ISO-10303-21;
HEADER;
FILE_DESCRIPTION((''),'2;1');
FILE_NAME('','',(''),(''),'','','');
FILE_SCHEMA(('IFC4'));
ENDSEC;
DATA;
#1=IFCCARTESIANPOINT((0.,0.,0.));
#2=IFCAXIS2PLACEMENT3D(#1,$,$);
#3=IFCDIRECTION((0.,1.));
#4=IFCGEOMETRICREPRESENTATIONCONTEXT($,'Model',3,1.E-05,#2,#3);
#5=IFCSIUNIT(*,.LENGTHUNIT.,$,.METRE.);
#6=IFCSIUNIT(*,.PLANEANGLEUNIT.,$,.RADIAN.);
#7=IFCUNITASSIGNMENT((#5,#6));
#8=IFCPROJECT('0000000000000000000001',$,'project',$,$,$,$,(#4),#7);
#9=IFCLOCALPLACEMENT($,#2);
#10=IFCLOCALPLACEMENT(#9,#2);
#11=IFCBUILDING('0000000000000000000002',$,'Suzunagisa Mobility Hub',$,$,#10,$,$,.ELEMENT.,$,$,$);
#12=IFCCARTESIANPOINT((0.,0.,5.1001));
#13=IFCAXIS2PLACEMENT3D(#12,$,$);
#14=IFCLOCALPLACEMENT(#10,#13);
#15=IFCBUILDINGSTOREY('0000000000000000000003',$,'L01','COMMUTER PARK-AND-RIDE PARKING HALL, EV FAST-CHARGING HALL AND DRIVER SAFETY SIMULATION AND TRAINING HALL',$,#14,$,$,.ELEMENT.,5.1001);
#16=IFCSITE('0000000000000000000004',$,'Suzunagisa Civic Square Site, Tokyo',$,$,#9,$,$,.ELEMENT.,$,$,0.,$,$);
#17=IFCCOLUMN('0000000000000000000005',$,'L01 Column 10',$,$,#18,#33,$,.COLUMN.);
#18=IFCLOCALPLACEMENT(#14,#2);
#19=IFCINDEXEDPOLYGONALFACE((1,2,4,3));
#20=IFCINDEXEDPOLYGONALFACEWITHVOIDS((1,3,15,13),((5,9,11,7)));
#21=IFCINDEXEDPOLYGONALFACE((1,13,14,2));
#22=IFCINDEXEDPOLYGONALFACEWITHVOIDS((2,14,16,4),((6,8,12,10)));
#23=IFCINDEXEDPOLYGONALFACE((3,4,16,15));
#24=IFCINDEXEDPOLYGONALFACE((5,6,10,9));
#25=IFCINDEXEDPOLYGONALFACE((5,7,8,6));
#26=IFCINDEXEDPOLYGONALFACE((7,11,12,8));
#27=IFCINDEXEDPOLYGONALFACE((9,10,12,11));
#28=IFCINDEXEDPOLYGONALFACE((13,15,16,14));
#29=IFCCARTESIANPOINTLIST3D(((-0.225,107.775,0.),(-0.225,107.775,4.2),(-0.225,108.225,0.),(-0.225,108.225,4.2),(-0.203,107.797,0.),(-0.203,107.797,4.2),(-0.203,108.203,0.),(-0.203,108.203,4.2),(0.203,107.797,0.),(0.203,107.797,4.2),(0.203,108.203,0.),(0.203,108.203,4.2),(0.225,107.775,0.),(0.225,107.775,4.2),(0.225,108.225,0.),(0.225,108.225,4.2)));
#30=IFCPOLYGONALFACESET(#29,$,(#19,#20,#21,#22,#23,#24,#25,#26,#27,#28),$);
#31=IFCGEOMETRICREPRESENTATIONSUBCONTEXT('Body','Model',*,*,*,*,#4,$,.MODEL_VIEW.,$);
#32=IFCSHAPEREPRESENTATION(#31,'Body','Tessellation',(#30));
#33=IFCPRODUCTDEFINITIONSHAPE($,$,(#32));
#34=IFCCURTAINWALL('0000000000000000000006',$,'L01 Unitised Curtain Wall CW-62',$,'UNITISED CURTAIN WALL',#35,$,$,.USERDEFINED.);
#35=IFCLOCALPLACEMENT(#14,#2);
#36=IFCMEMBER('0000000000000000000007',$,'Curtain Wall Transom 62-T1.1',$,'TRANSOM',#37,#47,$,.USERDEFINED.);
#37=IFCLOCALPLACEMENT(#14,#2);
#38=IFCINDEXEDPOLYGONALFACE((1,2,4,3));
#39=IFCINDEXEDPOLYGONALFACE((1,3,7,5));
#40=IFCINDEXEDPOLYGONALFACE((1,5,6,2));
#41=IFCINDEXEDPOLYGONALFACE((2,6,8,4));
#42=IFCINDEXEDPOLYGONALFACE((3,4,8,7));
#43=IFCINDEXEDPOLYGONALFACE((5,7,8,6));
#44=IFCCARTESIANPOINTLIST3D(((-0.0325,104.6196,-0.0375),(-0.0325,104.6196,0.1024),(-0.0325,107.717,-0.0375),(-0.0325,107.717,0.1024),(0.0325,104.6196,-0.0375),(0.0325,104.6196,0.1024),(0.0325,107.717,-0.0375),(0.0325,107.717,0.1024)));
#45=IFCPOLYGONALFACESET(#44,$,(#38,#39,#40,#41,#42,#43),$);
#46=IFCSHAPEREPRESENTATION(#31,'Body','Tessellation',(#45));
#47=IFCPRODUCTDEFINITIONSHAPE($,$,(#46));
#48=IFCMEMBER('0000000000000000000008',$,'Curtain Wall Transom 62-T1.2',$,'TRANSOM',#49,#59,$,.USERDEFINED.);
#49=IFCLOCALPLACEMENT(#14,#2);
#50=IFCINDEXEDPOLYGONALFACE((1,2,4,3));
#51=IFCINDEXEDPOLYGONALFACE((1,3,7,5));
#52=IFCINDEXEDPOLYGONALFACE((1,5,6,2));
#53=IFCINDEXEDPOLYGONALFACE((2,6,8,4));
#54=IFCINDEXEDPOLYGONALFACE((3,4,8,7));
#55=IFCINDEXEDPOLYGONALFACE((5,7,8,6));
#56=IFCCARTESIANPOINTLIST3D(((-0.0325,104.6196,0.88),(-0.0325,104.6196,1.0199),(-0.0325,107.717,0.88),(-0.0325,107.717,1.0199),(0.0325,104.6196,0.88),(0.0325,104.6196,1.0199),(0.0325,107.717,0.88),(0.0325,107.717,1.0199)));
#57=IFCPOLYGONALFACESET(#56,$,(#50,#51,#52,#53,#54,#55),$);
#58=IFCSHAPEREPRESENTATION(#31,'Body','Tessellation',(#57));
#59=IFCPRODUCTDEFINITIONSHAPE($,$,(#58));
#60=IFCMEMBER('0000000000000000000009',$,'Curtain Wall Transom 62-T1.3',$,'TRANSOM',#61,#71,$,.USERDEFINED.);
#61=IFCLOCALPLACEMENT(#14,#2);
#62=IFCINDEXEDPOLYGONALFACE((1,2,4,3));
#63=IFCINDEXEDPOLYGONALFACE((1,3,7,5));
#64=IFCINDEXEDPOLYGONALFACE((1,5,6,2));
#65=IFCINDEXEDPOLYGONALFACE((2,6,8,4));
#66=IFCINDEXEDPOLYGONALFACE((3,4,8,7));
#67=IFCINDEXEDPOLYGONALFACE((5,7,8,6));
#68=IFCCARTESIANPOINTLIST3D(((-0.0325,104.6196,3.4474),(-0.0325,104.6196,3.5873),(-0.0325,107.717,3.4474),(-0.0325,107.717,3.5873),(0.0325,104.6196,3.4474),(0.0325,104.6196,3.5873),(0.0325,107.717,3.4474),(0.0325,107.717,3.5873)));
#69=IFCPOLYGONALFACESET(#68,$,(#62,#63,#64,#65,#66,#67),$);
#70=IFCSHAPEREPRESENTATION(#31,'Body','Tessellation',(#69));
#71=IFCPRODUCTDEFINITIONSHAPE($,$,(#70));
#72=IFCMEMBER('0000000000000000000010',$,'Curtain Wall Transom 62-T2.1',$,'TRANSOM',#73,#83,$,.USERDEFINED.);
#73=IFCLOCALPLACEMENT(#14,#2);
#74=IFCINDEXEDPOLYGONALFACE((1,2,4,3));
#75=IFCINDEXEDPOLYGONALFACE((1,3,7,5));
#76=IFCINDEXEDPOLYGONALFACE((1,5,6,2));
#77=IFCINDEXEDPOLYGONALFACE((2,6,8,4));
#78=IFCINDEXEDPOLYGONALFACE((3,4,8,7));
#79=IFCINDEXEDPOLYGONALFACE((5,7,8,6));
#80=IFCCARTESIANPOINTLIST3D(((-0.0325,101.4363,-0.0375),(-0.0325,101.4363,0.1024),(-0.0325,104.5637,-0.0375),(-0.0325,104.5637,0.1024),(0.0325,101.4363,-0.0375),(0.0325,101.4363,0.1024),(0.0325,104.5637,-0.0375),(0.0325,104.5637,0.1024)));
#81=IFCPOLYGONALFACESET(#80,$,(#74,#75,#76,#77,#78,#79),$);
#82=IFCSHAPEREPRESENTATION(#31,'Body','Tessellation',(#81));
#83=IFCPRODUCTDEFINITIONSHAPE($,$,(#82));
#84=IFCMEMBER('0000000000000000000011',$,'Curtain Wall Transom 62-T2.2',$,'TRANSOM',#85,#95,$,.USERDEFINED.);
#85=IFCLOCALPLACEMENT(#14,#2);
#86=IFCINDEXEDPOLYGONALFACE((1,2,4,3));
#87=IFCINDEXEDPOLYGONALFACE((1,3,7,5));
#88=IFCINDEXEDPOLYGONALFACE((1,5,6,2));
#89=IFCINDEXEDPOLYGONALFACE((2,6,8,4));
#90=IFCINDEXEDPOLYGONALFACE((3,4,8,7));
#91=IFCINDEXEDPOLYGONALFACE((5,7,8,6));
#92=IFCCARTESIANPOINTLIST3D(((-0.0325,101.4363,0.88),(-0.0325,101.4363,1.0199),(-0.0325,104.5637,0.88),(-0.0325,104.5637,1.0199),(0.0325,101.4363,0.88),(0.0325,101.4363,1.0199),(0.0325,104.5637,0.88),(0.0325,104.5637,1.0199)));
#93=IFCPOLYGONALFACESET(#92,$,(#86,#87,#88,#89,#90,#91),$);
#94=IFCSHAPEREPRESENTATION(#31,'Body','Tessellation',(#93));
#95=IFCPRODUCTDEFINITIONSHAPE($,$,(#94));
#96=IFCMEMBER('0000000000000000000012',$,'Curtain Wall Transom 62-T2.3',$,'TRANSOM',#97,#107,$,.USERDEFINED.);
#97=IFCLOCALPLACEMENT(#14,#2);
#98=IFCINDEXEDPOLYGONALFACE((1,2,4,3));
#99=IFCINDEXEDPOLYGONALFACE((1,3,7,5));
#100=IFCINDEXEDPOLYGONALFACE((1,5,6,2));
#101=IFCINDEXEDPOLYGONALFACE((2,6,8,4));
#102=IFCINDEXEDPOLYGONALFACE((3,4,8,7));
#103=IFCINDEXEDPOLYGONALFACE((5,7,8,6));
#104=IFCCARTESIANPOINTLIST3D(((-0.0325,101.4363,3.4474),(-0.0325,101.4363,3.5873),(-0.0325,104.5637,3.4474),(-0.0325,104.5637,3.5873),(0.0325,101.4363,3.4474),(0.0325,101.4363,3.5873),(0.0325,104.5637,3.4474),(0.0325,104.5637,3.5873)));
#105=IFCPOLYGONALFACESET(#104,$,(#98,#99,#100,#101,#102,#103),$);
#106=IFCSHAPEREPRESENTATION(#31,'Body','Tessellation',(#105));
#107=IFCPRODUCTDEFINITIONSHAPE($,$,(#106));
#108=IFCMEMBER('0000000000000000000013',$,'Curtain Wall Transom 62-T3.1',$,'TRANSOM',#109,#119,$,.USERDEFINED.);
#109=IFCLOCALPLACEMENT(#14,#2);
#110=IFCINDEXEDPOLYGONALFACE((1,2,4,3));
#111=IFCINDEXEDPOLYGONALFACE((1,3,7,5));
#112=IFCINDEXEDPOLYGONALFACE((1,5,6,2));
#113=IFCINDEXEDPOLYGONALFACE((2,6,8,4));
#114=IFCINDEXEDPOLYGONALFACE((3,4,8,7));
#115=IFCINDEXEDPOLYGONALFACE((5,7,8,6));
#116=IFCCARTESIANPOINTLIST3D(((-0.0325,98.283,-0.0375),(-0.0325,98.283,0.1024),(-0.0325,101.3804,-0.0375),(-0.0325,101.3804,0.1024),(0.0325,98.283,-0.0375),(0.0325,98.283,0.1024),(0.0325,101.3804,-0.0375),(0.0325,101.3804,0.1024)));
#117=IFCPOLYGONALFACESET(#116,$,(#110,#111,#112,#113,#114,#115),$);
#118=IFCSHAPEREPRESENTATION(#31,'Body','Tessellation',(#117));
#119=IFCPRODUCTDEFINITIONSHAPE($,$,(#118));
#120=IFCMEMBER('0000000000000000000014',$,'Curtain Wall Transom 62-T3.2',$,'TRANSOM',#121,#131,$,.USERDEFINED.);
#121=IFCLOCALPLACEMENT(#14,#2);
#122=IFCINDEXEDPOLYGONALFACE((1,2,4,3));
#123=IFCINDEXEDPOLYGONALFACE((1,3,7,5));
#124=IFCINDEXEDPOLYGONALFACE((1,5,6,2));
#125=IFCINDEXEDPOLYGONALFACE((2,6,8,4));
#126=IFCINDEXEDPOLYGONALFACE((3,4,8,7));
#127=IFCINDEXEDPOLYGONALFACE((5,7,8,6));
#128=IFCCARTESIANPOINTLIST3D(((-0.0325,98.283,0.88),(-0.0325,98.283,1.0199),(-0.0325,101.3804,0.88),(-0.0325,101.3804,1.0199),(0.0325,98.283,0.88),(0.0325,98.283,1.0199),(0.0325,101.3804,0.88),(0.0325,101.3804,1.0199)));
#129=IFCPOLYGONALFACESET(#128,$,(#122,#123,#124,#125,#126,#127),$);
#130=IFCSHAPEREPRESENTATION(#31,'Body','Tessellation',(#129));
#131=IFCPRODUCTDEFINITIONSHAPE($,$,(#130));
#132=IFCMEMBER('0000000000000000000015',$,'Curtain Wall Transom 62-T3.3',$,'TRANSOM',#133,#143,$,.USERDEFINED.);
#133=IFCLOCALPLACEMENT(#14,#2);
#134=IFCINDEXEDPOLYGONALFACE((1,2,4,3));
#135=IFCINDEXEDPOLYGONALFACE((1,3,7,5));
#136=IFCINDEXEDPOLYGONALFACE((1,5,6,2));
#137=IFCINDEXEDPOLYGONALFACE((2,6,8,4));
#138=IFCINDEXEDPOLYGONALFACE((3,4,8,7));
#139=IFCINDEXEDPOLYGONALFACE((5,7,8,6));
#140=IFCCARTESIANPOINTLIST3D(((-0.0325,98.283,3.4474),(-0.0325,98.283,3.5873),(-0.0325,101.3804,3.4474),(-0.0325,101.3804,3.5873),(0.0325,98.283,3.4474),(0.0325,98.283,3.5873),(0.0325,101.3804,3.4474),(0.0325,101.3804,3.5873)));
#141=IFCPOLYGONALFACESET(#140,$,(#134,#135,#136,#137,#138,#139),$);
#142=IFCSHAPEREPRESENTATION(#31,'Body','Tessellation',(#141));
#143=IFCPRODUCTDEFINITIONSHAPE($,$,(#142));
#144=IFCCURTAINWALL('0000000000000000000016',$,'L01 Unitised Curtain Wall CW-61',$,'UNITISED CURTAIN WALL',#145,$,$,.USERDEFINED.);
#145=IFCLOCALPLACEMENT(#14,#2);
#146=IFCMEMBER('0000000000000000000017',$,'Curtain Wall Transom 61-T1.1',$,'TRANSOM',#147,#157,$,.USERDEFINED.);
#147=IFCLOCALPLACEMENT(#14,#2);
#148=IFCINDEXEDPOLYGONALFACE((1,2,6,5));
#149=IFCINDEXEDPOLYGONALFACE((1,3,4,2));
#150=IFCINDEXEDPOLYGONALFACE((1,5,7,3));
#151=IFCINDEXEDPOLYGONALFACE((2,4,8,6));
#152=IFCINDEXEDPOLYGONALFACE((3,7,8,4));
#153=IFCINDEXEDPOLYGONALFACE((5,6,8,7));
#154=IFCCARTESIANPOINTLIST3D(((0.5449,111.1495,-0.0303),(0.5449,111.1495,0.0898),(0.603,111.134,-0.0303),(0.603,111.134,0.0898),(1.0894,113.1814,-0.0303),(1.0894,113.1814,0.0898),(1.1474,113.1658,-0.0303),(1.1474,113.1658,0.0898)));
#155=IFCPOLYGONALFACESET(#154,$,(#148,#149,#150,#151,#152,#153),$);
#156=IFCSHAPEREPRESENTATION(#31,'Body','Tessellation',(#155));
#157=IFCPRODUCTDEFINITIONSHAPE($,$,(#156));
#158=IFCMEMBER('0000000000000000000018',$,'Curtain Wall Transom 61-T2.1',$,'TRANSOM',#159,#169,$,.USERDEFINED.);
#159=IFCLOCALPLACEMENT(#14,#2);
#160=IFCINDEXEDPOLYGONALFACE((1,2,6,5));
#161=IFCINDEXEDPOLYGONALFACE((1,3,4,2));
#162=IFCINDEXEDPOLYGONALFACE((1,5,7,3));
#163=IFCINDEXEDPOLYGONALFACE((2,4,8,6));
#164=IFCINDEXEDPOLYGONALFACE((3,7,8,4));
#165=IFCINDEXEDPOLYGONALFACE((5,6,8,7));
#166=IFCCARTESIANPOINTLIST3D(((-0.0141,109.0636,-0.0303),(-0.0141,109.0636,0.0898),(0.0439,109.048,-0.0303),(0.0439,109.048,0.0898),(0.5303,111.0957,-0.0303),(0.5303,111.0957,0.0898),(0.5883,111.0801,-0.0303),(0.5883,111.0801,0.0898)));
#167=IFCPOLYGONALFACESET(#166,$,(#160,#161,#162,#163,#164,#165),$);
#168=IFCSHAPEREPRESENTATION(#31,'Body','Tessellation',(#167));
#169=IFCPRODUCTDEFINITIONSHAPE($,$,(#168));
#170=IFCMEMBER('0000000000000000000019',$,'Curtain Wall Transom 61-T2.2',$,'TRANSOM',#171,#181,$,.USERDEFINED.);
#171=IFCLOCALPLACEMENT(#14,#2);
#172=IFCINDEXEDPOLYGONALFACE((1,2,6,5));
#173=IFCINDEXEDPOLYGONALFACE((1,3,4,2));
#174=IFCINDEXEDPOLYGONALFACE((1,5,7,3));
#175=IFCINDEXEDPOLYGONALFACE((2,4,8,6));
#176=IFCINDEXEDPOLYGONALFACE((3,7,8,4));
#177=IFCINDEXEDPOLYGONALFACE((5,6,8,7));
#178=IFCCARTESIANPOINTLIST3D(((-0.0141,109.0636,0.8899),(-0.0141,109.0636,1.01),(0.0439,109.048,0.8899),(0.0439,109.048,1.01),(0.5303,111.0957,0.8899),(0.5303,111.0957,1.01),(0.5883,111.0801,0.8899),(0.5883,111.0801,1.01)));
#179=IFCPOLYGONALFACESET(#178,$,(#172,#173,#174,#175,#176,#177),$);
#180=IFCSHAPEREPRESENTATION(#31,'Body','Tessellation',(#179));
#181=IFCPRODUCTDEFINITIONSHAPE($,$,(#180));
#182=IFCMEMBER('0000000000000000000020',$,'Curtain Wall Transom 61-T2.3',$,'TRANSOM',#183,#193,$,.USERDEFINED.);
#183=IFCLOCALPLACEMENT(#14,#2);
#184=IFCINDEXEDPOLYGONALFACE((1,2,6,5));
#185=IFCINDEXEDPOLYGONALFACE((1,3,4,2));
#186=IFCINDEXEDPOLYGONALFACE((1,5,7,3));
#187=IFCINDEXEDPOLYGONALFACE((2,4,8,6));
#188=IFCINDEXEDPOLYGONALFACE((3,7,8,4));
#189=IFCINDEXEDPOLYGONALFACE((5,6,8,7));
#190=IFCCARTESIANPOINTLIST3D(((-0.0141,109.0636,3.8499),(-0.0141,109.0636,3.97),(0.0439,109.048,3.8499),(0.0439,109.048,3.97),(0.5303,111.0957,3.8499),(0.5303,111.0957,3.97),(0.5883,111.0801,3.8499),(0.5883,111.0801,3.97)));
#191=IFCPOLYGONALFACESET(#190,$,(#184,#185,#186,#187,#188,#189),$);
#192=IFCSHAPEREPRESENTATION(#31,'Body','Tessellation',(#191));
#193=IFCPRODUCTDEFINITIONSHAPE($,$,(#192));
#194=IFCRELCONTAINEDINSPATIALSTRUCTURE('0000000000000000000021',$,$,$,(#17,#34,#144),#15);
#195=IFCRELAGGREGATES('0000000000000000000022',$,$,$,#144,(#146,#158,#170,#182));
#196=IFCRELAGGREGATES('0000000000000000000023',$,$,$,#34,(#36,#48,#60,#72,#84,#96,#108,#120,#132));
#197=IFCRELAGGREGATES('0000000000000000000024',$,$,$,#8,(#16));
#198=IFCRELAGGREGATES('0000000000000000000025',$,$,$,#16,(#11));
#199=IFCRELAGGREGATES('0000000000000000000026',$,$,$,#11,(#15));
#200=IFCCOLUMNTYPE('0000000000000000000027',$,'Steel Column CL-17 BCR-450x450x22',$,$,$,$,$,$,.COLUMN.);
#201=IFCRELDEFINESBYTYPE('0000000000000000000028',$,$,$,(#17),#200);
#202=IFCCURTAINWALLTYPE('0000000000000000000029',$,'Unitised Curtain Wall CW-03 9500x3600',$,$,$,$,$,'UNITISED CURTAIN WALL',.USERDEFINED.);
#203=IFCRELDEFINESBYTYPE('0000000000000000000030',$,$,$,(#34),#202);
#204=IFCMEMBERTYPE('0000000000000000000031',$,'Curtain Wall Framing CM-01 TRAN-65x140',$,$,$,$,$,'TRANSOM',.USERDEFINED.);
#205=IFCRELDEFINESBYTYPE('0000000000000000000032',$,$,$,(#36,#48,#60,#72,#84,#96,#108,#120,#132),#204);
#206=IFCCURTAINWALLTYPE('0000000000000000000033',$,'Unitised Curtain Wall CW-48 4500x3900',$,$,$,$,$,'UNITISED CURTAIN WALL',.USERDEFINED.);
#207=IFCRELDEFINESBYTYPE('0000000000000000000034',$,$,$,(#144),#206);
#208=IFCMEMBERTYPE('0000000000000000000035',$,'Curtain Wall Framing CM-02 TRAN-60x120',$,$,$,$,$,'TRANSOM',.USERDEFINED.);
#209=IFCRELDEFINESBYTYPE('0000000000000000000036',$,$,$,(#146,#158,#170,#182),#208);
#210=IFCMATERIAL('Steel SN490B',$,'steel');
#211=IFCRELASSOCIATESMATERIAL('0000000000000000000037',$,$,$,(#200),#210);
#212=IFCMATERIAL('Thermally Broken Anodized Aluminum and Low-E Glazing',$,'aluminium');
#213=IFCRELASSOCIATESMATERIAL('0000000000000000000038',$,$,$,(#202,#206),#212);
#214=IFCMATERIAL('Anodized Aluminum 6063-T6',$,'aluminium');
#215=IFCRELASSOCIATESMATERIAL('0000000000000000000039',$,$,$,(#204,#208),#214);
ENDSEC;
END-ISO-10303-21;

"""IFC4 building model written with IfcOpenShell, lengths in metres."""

from ifc_helpers import new_model, si_unit, direction, frame, origin, origin_2d, place, context, subcontext, project, spatial, rectangle, hollow_rectangle, extrude, material, material_profile, profile_set, type_object, element, aggregate, save


model = new_model("IFC4")

# Units and contexts
model_context = context("Model", 3, precision=1e-05, world=origin(), true_north=direction((0.0, 1.0)))
body_context = subcontext(model_context, "Body", "Model", "MODEL_VIEW")
ifc_project = project(units=[si_unit("LENGTHUNIT", "METRE"), si_unit("PLANEANGLEUNIT", "RADIAN")], contexts=[model_context])

# Site, building, storey
site_placement = place(None, origin())
site = spatial("IfcSite", under=ifc_project, at=site_placement, Name="Suzunagisa Civic Square Site, Tokyo", CompositionType="ELEMENT", RefElevation=0.0)
building_placement = place(site_placement, origin())
building = spatial("IfcBuilding", under=site, at=building_placement, Name="Suzunagisa Mobility Hub", CompositionType="ELEMENT")
storey_placement = place(building_placement, frame((0.0, 0.0, 5.1001)))
storey = spatial("IfcBuildingStorey", under=building, at=storey_placement, Name="L01", Description="COMMUTER PARK-AND-RIDE PARKING HALL, EV FAST-CHARGING HALL AND DRIVER SAFETY SIMULATION AND TRAINING HALL", CompositionType="ELEMENT", Elevation=5.1001)

# Column
ifc_material_1 = material(Name="Steel SN490B", Category="steel")
ifc_material_profile_1 = material_profile(ifc_material_1, hollow_rectangle(XDim=0.45, YDim=0.45, WallThickness=0.022, at=origin_2d()), Name="BCR-450x450x22")
ifc_profile_set_1 = profile_set([ifc_material_profile_1], Name="Steel SN490B")
column_type = type_object("IfcColumnType", Name="Steel Column CL-17 BCR-450x450x22", PredefinedType="COLUMN", material=ifc_profile_set_1)
column_placement = place(storey_placement, frame((0.0, 108.0, 0.0), z_axis=(0.0, 0.0, 1.0), x_axis=(1.0, 0.0, 0.0)))
element("IfcColumn", 1, at=column_placement, inside=storey, type_object=column_type, Name="L01 Column 10", PredefinedType="COLUMN", context=body_context, shape_type="SweptSolid", body=[
    extrude(hollow_rectangle(XDim=0.45, YDim=0.45, WallThickness=0.022, at=origin_2d()), origin(), (0.0, 0.0, 1.0), 4.2),
])

# Curtain walls, members
ifc_material_2 = material(Name="Thermally Broken Anodized Aluminum and Low-E Glazing", Category="aluminium")
curtain_wall_type_1 = type_object("IfcCurtainWallType", Name="Unitised Curtain Wall CW-03 9500x3600", ElementType="UNITISED CURTAIN WALL", PredefinedType="USERDEFINED", material=ifc_material_2)
curtain_wall_1_placement = place(storey_placement, origin())
curtain_wall_1 = element("IfcCurtainWall", 2, at=curtain_wall_1_placement, inside=storey, type_object=curtain_wall_type_1, Name="L01 Unitised Curtain Wall CW-62", ObjectType="UNITISED CURTAIN WALL", PredefinedType="USERDEFINED")
ifc_material_3 = material(Name="Anodized Aluminum 6063-T6", Category="aluminium")
ifc_material_profile_2 = material_profile(ifc_material_3, rectangle(XDim=0.0649, YDim=0.1399, at=origin_2d()), Name="TRAN-65x140")
ifc_profile_set_2 = profile_set([ifc_material_profile_2], Name="Anodized Aluminum 6063-T6")
member_type_1 = type_object("IfcMemberType", Name="Curtain Wall Framing CM-01 TRAN-65x140", ElementType="TRANSOM", PredefinedType="USERDEFINED", material=ifc_profile_set_2)
member_1_placement = place(storey_placement, frame((0.0, 107.717, 0.0325), z_axis=(0.0, -1.0, 0.0), x_axis=(1.0, 0.0, 0.0)))
member_1 = element("IfcMember", 3, at=member_1_placement, type_object=member_type_1, Name="Curtain Wall Transom 62-T1.1", ObjectType="TRANSOM", PredefinedType="USERDEFINED", context=body_context, shape_type="SweptSolid", body=[
    extrude(rectangle(XDim=0.0649, YDim=0.1399, at=origin_2d()), origin(), (0.0, 0.0, 1.0), 3.0974),
])
member_2_placement = place(storey_placement, frame((0.0, 107.717, 0.95), z_axis=(0.0, -1.0, 0.0), x_axis=(1.0, 0.0, 0.0)))
member_2 = element("IfcMember", 4, at=member_2_placement, type_object=member_type_1, Name="Curtain Wall Transom 62-T1.2", ObjectType="TRANSOM", PredefinedType="USERDEFINED", context=body_context, shape_type="SweptSolid", body=[
    extrude(rectangle(XDim=0.0649, YDim=0.1399, at=origin_2d()), origin(), (0.0, 0.0, 1.0), 3.0974),
])
member_3_placement = place(storey_placement, frame((0.0, 107.717, 3.5173), z_axis=(0.0, -1.0, 0.0), x_axis=(1.0, 0.0, 0.0)))
member_3 = element("IfcMember", 5, at=member_3_placement, type_object=member_type_1, Name="Curtain Wall Transom 62-T1.3", ObjectType="TRANSOM", PredefinedType="USERDEFINED", context=body_context, shape_type="SweptSolid", body=[
    extrude(rectangle(XDim=0.0649, YDim=0.1399, at=origin_2d()), origin(), (0.0, 0.0, 1.0), 3.0974),
])
member_4_placement = place(storey_placement, frame((0.0, 104.5637, 0.0325), z_axis=(0.0, -1.0, 0.0), x_axis=(1.0, 0.0, 0.0)))
member_4 = element("IfcMember", 6, at=member_4_placement, type_object=member_type_1, Name="Curtain Wall Transom 62-T2.1", ObjectType="TRANSOM", PredefinedType="USERDEFINED", context=body_context, shape_type="SweptSolid", body=[
    extrude(rectangle(XDim=0.0649, YDim=0.1399, at=origin_2d()), origin(), (0.0, 0.0, 1.0), 3.1274),
])
member_5_placement = place(storey_placement, frame((0.0, 104.5637, 0.95), z_axis=(0.0, -1.0, 0.0), x_axis=(1.0, 0.0, 0.0)))
member_5 = element("IfcMember", 7, at=member_5_placement, type_object=member_type_1, Name="Curtain Wall Transom 62-T2.2", ObjectType="TRANSOM", PredefinedType="USERDEFINED", context=body_context, shape_type="SweptSolid", body=[
    extrude(rectangle(XDim=0.0649, YDim=0.1399, at=origin_2d()), origin(), (0.0, 0.0, 1.0), 3.1274),
])
member_6_placement = place(storey_placement, frame((0.0, 104.5637, 3.5173), z_axis=(0.0, -1.0, 0.0), x_axis=(1.0, 0.0, 0.0)))
member_6 = element("IfcMember", 8, at=member_6_placement, type_object=member_type_1, Name="Curtain Wall Transom 62-T2.3", ObjectType="TRANSOM", PredefinedType="USERDEFINED", context=body_context, shape_type="SweptSolid", body=[
    extrude(rectangle(XDim=0.0649, YDim=0.1399, at=origin_2d()), origin(), (0.0, 0.0, 1.0), 3.1274),
])
member_7_placement = place(storey_placement, frame((0.0, 101.3804, 0.0325), z_axis=(0.0, -1.0, 0.0), x_axis=(1.0, 0.0, 0.0)))
member_7 = element("IfcMember", 9, at=member_7_placement, type_object=member_type_1, Name="Curtain Wall Transom 62-T3.1", ObjectType="TRANSOM", PredefinedType="USERDEFINED", context=body_context, shape_type="SweptSolid", body=[
    extrude(rectangle(XDim=0.0649, YDim=0.1399, at=origin_2d()), origin(), (0.0, 0.0, 1.0), 3.0974),
])
member_8_placement = place(storey_placement, frame((0.0, 101.3804, 0.95), z_axis=(0.0, -1.0, 0.0), x_axis=(1.0, 0.0, 0.0)))
member_8 = element("IfcMember", 10, at=member_8_placement, type_object=member_type_1, Name="Curtain Wall Transom 62-T3.2", ObjectType="TRANSOM", PredefinedType="USERDEFINED", context=body_context, shape_type="SweptSolid", body=[
    extrude(rectangle(XDim=0.0649, YDim=0.1399, at=origin_2d()), origin(), (0.0, 0.0, 1.0), 3.0974),
])
member_9_placement = place(storey_placement, frame((0.0, 101.3804, 3.5173), z_axis=(0.0, -1.0, 0.0), x_axis=(1.0, 0.0, 0.0)))
member_9 = element("IfcMember", 11, at=member_9_placement, type_object=member_type_1, Name="Curtain Wall Transom 62-T3.3", ObjectType="TRANSOM", PredefinedType="USERDEFINED", context=body_context, shape_type="SweptSolid", body=[
    extrude(rectangle(XDim=0.0649, YDim=0.1399, at=origin_2d()), origin(), (0.0, 0.0, 1.0), 3.0974),
])
curtain_wall_type_2 = type_object("IfcCurtainWallType", Name="Unitised Curtain Wall CW-48 4500x3900", ElementType="UNITISED CURTAIN WALL", PredefinedType="USERDEFINED", material=ifc_material_2)
curtain_wall_2_placement = place(storey_placement, origin())
curtain_wall_2 = element("IfcCurtainWall", 12, at=curtain_wall_2_placement, inside=storey, type_object=curtain_wall_type_2, Name="L01 Unitised Curtain Wall CW-61", ObjectType="UNITISED CURTAIN WALL", PredefinedType="USERDEFINED")
ifc_material_profile_3 = material_profile(ifc_material_3, rectangle(XDim=0.0601, YDim=0.1201, at=origin_2d()), Name="TRAN-60x120")
ifc_profile_set_3 = profile_set([ifc_material_profile_3], Name="Anodized Aluminum 6063-T6")
member_type_2 = type_object("IfcMemberType", Name="Curtain Wall Framing CM-02 TRAN-60x120", ElementType="TRANSOM", PredefinedType="USERDEFINED", material=ifc_profile_set_3)
member_10_placement = place(storey_placement, frame((1.1184, 113.1736, 0.0298), z_axis=(-0.258833, -0.965922, 0.0), x_axis=(0.965922, -0.258833, 0.0)))
member_10 = element("IfcMember", 13, at=member_10_placement, type_object=member_type_2, Name="Curtain Wall Transom 61-T1.1", ObjectType="TRANSOM", PredefinedType="USERDEFINED", context=body_context, shape_type="SweptSolid", body=[
    extrude(rectangle(XDim=0.0601, YDim=0.1201, at=origin_2d()), origin(), (0.0, 0.0, 1.0), 2.1035),
])
member_11_placement = place(storey_placement, frame((0.5593, 111.0879, 0.0298), z_axis=(-0.258804, -0.96593, 0.0), x_axis=(0.96593, -0.258804, 0.0)))
member_11 = element("IfcMember", 14, at=member_11_placement, type_object=member_type_2, Name="Curtain Wall Transom 61-T2.1", ObjectType="TRANSOM", PredefinedType="USERDEFINED", context=body_context, shape_type="SweptSolid", body=[
    extrude(rectangle(XDim=0.0601, YDim=0.1201, at=origin_2d()), origin(), (0.0, 0.0, 1.0), 2.1038),
])
member_12_placement = place(storey_placement, frame((0.5593, 111.0879, 0.95), z_axis=(-0.258804, -0.96593, 0.0), x_axis=(0.96593, -0.258804, 0.0)))
member_12 = element("IfcMember", 15, at=member_12_placement, type_object=member_type_2, Name="Curtain Wall Transom 61-T2.2", ObjectType="TRANSOM", PredefinedType="USERDEFINED", context=body_context, shape_type="SweptSolid", body=[
    extrude(rectangle(XDim=0.0601, YDim=0.1201, at=origin_2d()), origin(), (0.0, 0.0, 1.0), 2.1038),
])
member_13_placement = place(storey_placement, frame((0.5593, 111.0879, 3.9099), z_axis=(-0.258804, -0.96593, 0.0), x_axis=(0.96593, -0.258804, 0.0)))
member_13 = element("IfcMember", 16, at=member_13_placement, type_object=member_type_2, Name="Curtain Wall Transom 61-T2.3", ObjectType="TRANSOM", PredefinedType="USERDEFINED", context=body_context, shape_type="SweptSolid", body=[
    extrude(rectangle(XDim=0.0601, YDim=0.1201, at=origin_2d()), origin(), (0.0, 0.0, 1.0), 2.1038),
])

aggregate(curtain_wall_2, [member_10, member_11, member_12, member_13])
aggregate(curtain_wall_1, [member_1, member_2, member_3, member_4, member_5, member_6, member_7, member_8, member_9])

save(model, "model.ifc")
